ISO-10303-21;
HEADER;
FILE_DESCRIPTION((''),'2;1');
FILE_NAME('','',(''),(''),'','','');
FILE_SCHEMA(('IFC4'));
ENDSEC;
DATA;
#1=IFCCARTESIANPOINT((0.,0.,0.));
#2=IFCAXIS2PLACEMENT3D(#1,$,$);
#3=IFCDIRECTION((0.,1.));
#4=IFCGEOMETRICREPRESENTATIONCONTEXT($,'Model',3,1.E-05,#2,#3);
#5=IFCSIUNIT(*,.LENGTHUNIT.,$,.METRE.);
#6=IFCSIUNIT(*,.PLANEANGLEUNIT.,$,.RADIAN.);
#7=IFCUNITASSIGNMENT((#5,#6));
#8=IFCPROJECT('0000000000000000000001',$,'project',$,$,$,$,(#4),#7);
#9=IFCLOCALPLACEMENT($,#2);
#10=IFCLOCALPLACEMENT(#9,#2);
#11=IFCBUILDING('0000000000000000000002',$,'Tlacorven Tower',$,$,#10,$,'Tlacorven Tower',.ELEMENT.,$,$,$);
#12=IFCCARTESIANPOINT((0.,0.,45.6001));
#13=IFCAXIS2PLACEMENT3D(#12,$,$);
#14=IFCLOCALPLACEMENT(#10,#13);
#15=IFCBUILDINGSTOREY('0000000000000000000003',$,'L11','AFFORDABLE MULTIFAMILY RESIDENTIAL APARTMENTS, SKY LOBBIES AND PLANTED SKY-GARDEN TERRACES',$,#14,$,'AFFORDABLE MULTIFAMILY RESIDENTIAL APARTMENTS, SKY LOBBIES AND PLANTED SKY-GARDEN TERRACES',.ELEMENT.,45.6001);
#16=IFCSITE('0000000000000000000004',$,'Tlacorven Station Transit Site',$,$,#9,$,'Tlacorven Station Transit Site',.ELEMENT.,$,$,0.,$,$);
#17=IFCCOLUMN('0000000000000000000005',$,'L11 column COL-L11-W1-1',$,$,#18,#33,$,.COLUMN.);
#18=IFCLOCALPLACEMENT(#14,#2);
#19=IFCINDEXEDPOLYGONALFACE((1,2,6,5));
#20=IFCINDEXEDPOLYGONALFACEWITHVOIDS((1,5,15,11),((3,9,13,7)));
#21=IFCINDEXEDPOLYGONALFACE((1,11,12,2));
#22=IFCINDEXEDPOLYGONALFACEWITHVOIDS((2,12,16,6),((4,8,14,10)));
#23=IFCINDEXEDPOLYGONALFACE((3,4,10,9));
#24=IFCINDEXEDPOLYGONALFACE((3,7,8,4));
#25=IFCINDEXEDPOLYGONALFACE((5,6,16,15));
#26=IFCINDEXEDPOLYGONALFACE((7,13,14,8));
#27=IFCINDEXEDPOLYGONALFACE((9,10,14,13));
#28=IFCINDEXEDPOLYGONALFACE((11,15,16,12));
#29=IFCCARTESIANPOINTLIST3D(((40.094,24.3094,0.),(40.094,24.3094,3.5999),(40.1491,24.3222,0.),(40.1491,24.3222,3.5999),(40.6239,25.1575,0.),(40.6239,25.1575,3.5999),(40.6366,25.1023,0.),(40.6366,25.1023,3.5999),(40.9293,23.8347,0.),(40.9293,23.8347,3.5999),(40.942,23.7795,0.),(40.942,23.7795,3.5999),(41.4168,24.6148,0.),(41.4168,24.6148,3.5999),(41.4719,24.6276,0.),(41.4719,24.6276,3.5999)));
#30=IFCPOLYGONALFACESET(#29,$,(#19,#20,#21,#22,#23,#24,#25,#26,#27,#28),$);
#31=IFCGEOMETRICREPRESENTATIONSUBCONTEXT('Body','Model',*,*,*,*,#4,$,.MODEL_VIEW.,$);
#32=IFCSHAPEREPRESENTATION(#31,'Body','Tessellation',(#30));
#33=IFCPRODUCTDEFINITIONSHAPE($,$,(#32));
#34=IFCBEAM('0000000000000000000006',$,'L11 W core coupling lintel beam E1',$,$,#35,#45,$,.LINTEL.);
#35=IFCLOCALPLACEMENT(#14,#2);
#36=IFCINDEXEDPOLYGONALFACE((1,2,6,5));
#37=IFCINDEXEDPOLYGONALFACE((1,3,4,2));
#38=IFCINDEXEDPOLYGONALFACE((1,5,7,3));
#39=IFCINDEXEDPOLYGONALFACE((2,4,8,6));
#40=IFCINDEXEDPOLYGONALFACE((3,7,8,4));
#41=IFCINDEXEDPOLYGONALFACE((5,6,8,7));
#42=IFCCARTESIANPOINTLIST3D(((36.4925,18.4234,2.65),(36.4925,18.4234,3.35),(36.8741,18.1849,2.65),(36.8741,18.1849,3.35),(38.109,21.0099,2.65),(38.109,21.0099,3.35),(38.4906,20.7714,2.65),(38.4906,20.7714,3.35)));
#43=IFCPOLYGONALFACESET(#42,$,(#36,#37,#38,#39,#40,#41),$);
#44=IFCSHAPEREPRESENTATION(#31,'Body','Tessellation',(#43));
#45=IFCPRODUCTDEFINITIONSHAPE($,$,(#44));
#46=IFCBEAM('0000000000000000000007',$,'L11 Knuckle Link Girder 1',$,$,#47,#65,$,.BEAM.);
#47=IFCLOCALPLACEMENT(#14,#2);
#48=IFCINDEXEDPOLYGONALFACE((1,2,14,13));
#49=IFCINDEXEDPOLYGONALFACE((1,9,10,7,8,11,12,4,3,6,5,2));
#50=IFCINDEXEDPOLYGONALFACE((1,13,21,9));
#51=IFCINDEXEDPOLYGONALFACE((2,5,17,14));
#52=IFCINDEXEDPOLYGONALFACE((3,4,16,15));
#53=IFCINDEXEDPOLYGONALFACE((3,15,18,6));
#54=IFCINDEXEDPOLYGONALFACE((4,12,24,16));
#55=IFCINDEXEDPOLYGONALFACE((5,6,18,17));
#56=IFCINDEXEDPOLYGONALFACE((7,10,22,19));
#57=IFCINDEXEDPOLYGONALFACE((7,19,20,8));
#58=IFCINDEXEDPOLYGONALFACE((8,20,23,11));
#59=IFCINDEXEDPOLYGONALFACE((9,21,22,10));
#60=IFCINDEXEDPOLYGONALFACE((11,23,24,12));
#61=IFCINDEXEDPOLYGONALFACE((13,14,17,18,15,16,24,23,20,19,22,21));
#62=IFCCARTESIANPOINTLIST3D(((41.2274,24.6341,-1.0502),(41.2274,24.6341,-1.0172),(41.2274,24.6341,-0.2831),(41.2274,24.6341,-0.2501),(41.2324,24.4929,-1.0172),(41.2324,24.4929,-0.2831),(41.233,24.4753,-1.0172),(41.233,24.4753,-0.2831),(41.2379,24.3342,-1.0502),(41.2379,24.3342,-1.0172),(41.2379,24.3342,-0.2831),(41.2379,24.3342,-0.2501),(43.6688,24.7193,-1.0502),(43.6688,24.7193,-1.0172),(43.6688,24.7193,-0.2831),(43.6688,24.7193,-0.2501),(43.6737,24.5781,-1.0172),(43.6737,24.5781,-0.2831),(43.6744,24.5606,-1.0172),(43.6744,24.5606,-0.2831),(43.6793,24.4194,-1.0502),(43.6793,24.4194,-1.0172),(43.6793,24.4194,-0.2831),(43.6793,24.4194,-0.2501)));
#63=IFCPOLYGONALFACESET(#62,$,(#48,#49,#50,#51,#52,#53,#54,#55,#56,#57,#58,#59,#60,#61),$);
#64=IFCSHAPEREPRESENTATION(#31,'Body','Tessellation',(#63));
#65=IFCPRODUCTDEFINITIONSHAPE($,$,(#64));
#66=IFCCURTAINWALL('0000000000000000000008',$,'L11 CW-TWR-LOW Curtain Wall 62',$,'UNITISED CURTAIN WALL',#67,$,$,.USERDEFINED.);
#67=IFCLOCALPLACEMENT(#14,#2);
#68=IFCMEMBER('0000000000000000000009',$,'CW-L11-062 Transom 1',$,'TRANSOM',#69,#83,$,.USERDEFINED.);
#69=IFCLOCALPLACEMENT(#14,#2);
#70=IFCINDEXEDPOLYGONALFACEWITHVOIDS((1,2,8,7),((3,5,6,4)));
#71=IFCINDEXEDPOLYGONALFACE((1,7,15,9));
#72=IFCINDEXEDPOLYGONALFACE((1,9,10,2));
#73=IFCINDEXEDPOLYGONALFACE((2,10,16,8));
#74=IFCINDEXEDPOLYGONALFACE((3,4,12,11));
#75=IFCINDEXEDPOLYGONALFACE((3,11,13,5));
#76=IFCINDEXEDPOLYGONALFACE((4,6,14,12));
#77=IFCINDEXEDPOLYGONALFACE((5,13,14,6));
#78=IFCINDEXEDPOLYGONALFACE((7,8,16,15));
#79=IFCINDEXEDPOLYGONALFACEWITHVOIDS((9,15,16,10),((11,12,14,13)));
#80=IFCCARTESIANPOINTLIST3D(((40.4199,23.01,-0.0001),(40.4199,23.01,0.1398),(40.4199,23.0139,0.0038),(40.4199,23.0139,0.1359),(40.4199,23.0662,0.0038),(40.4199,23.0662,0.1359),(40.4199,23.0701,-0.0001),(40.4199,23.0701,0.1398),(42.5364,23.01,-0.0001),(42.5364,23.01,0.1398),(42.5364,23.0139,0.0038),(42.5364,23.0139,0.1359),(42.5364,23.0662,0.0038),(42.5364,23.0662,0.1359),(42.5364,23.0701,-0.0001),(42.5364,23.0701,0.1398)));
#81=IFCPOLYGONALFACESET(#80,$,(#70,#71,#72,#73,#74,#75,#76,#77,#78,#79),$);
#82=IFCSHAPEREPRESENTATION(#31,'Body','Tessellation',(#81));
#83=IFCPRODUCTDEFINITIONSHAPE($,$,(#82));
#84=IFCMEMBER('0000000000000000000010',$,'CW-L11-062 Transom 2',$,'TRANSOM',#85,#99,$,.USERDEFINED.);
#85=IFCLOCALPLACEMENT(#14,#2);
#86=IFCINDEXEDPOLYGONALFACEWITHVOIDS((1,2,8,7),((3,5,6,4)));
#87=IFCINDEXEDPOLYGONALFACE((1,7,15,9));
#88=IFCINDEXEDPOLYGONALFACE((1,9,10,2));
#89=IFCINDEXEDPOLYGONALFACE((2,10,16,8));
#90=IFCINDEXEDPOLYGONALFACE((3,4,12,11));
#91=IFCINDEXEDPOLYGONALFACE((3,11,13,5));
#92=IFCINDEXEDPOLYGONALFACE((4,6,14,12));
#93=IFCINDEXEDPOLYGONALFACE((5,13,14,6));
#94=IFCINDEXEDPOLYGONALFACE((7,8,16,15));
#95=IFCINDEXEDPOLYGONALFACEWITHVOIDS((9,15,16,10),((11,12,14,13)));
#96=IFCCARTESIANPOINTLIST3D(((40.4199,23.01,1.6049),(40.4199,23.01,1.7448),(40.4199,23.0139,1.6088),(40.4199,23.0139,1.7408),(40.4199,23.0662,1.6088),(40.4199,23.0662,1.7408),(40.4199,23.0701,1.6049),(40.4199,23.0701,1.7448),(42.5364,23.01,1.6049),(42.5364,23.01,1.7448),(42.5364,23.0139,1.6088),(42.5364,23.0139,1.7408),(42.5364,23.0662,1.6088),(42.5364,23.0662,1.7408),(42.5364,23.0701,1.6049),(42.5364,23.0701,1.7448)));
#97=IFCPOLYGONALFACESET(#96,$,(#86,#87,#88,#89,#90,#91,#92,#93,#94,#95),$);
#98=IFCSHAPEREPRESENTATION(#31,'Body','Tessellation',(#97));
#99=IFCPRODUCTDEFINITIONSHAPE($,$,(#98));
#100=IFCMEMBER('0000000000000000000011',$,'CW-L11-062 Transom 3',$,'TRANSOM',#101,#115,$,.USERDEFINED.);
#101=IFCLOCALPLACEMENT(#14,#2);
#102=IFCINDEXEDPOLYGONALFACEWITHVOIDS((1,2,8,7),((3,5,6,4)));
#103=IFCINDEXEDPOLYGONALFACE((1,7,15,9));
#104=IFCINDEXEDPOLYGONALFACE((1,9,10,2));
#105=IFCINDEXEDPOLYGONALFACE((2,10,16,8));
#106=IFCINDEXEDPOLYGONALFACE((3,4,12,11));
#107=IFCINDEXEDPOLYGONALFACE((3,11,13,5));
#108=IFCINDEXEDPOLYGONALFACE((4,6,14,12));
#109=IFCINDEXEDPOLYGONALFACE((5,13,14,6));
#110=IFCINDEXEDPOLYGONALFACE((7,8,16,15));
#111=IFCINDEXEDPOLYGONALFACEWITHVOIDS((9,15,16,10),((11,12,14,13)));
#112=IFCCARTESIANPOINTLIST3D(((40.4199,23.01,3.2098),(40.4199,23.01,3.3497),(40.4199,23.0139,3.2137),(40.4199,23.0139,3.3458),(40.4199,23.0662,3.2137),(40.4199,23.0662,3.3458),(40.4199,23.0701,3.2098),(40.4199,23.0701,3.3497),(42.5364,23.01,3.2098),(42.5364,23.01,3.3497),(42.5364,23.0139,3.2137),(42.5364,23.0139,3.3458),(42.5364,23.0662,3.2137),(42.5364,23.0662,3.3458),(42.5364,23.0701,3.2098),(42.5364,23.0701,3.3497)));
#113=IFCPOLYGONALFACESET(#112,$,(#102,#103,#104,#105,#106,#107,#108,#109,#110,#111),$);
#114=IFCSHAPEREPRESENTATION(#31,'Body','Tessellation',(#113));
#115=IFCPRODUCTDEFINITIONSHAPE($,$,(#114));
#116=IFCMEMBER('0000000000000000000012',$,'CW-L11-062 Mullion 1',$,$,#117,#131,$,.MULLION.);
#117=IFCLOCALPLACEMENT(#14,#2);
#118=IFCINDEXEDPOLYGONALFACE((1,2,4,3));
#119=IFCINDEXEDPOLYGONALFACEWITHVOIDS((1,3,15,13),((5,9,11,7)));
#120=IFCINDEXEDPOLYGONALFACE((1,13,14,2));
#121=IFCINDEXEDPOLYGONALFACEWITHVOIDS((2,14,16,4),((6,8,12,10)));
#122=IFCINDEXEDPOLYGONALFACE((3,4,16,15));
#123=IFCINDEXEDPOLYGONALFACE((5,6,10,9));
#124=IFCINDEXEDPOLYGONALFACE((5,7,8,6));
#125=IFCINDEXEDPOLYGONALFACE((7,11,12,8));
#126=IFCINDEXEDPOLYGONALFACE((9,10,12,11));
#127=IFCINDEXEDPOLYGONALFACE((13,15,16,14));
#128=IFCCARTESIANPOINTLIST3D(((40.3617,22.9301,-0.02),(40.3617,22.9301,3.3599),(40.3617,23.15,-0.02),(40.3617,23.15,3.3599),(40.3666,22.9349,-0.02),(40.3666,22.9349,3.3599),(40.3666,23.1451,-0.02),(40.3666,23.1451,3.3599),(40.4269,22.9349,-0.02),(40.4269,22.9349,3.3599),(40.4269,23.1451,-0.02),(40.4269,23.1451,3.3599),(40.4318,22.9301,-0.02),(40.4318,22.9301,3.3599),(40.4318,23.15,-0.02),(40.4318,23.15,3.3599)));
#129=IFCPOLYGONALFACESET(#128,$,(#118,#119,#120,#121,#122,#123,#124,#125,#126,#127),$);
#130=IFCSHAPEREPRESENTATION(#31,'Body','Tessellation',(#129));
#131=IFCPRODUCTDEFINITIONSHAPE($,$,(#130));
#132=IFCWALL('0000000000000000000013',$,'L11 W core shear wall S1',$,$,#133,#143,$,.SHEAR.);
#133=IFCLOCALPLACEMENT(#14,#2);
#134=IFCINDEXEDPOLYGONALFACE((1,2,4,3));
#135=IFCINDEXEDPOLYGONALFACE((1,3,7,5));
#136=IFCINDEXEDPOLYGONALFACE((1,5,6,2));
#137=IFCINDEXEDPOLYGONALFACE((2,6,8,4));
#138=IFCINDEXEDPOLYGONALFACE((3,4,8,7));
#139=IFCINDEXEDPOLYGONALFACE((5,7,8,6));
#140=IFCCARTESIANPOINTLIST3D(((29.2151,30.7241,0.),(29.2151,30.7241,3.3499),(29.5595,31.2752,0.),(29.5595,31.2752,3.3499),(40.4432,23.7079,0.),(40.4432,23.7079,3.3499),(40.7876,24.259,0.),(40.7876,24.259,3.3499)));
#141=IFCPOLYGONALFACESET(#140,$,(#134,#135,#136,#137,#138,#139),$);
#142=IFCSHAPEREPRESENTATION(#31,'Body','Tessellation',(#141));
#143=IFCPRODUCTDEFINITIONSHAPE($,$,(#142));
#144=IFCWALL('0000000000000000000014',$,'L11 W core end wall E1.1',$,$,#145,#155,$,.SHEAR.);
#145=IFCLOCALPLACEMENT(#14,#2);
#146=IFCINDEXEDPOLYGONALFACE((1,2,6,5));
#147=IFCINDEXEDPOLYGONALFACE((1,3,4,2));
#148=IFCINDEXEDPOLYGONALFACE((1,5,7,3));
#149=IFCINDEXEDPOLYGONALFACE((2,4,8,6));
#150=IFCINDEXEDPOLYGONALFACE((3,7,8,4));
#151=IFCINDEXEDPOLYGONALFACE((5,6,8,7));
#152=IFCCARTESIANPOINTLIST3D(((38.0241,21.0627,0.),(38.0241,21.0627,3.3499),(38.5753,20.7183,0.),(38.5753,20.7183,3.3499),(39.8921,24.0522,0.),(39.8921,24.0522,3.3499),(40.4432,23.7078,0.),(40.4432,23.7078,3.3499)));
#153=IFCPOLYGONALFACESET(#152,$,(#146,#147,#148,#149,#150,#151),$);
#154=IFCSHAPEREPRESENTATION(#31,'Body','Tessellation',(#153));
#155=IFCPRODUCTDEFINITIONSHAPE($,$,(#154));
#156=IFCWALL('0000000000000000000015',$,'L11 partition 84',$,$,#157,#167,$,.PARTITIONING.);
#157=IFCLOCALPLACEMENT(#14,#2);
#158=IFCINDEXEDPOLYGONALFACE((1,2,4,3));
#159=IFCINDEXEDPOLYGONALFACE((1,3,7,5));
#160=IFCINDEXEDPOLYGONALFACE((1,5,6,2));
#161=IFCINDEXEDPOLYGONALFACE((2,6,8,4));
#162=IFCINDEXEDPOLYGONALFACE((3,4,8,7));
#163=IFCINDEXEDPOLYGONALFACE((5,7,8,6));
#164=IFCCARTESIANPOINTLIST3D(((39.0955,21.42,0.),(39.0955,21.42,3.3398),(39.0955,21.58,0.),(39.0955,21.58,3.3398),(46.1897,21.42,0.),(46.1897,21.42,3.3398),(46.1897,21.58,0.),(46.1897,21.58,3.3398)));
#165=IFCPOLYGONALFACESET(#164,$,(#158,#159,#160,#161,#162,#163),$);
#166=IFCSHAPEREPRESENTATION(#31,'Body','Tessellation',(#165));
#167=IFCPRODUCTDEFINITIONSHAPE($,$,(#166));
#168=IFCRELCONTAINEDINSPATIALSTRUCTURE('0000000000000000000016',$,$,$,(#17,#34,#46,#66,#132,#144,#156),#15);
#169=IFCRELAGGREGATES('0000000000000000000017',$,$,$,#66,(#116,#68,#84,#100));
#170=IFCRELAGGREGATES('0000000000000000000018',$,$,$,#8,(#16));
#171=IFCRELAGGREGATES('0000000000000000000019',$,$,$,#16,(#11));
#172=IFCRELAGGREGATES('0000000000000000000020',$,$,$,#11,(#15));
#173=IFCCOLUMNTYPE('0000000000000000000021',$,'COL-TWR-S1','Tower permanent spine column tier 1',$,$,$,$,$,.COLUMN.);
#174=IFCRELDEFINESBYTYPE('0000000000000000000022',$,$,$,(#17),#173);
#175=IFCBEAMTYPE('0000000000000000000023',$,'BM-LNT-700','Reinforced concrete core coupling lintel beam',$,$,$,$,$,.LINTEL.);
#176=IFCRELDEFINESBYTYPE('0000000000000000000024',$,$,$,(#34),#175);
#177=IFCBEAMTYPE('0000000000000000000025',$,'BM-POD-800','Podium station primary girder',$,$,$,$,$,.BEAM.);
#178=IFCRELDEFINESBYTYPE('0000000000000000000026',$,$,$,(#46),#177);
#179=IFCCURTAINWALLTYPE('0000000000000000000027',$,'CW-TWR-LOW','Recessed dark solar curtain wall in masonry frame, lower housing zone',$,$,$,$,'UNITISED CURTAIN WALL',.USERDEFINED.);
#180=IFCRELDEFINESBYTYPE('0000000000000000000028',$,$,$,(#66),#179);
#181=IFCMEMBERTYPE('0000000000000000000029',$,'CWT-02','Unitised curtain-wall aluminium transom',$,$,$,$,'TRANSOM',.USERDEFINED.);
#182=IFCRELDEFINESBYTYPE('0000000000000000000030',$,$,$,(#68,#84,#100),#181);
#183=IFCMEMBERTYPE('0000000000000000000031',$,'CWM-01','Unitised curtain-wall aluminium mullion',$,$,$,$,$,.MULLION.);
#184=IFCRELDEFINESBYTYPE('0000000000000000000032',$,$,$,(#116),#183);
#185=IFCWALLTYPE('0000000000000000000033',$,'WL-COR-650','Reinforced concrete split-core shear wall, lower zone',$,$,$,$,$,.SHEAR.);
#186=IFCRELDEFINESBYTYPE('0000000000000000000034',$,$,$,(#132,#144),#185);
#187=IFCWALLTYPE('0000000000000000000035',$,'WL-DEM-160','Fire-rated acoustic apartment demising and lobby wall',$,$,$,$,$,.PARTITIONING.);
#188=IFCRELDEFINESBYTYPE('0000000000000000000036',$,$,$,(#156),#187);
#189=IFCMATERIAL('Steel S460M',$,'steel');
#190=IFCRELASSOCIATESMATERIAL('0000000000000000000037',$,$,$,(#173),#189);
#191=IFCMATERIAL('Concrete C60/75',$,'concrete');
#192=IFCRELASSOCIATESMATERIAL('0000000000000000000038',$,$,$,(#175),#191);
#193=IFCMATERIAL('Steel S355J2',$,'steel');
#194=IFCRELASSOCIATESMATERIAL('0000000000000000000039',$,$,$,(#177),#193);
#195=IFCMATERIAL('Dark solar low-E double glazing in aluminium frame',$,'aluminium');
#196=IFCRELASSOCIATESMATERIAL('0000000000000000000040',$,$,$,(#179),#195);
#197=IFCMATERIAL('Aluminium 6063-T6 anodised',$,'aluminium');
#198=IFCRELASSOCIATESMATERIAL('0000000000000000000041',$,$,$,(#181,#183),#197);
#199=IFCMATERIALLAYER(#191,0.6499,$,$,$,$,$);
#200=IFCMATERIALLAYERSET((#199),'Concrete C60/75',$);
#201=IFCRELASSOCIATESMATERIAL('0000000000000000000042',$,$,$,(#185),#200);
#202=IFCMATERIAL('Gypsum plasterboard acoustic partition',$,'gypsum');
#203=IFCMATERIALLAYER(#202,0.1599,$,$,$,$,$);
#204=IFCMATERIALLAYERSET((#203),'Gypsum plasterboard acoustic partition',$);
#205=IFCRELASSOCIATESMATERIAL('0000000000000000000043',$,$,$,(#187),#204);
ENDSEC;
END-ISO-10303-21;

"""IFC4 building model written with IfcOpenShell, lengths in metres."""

from ifc_helpers import new_model, si_unit, direction, frame, frame_2d, origin, origin_2d, place, context, subcontext, project, spatial, rectangle, hollow_rectangle, i_section, extrude, source, transform, mapped, material, layer, layer_set, material_profile, profile_set, type_object, element, aggregate, save


model = new_model("IFC4")

# Units and contexts
model_context = context("Model", 3, precision=1e-05, world=origin(), true_north=direction((0.0, 1.0)))
body_context = subcontext(model_context, "Body", "Model", "MODEL_VIEW")
ifc_project = project(units=[si_unit("LENGTHUNIT", "METRE"), si_unit("PLANEANGLEUNIT", "RADIAN")], contexts=[model_context])

# Site, building, storey
site_placement = place(None, origin())
site = spatial("IfcSite", under=ifc_project, at=site_placement, Name="Tlacorven Station Transit Site", LongName="Tlacorven Station Transit Site", CompositionType="ELEMENT", RefElevation=0.0)
building_placement = place(site_placement, origin())
building = spatial("IfcBuilding", under=site, at=building_placement, Name="Tlacorven Tower", LongName="Tlacorven Tower", CompositionType="ELEMENT")
storey_placement = place(building_placement, frame((0.0, 0.0, 45.6001)))
storey = spatial("IfcBuildingStorey", under=building, at=storey_placement, Name="L11", Description="AFFORDABLE MULTIFAMILY RESIDENTIAL APARTMENTS, SKY LOBBIES AND PLANTED SKY-GARDEN TERRACES", LongName="AFFORDABLE MULTIFAMILY RESIDENTIAL APARTMENTS, SKY LOBBIES AND PLANTED SKY-GARDEN TERRACES", CompositionType="ELEMENT", Elevation=45.6001)

# Column
ifc_material_1 = material(Name="Steel S460M", Category="steel")
ifc_material_profile_1 = material_profile(ifc_material_1, hollow_rectangle(XDim=1.0, YDim=1.0, WallThickness=0.04, at=origin_2d()), Name="BOX 1000X1000X40")
ifc_profile_set_1 = profile_set([ifc_material_profile_1], Name="Steel S460M")
column_type = type_object("IfcColumnType", Name="COL-TWR-S1", Description="Tower permanent spine column tier 1", PredefinedType="COLUMN", material=ifc_profile_set_1)
shared_shape_1 = source(origin(), body_context, "Body", "SweptSolid", [
    extrude(hollow_rectangle(XDim=1.0, YDim=1.0, WallThickness=0.04, at=origin_2d()), origin(), (0.0, 0.0, 1.0), 3.5999),
])
column_placement = place(storey_placement, frame((40.783, 24.4685, 0.0), z_axis=(0.0, 0.0, 1.0), x_axis=(-0.848048, 0.529919, 0.0)))
element("IfcColumn", 1, at=column_placement, inside=storey, type_object=column_type, Name="L11 column COL-L11-W1-1", PredefinedType="COLUMN", context=body_context, shape_type="MappedRepresentation", body=[
    mapped(shared_shape_1, transform((0.0, 0.0, 0.0), scale=1.0)),
])

# Beams
ifc_material_2 = material(Name="Concrete C60/75", Category="concrete")
ifc_material_profile_2 = material_profile(ifc_material_2, rectangle(XDim=0.45, YDim=0.7, at=origin_2d()), Name="RC 450X700")
ifc_profile_set_2 = profile_set([ifc_material_profile_2], Name="Concrete C60/75")
beam_type_1 = type_object("IfcBeamType", Name="BM-LNT-700", Description="Reinforced concrete core coupling lintel beam", PredefinedType="LINTEL", material=ifc_profile_set_2)
shared_shape_2 = source(origin(), body_context, "Body", "SweptSolid", [
    extrude(rectangle(XDim=0.45, YDim=0.7, at=origin_2d()), origin(), (0.0, 0.0, 1.0), 3.05),
])
beam_1_placement = place(storey_placement, frame((38.2998, 20.8906, 3.0), z_axis=(-0.529985, -0.848007, 0.0), x_axis=(0.848007, -0.529985, 0.0)))
element("IfcBeam", 2, at=beam_1_placement, inside=storey, type_object=beam_type_1, Name="L11 W core coupling lintel beam E1", PredefinedType="LINTEL", context=body_context, shape_type="MappedRepresentation", body=[
    mapped(shared_shape_2, transform((0.0, 0.0, 0.0), scale=1.0)),
])
ifc_material_3 = material(Name="Steel S355J2", Category="steel")
ifc_material_profile_3 = material_profile(ifc_material_3, i_section(OverallWidth=0.3, OverallDepth=0.8, WebThickness=0.0176, FlangeThickness=0.033, at=origin_2d()), Name="HEB 800")
ifc_profile_set_3 = profile_set([ifc_material_profile_3], Name="Steel S355J2")
beam_type_2 = type_object("IfcBeamType", Name="BM-POD-800", Description="Podium station primary girder", PredefinedType="BEAM", material=ifc_profile_set_3)
shared_shape_3 = source(origin(), body_context, "Body", "SweptSolid", [
    extrude(i_section(OverallWidth=0.3, OverallDepth=0.8, WebThickness=0.0176, FlangeThickness=0.033, at=origin_2d()), origin(), (0.0, 0.0, 1.0), 2.4429),
])
beam_2_placement = place(storey_placement, frame((41.2327, 24.4841, -0.6501), z_axis=(0.999392, 0.034879, 0.0), x_axis=(-0.034879, 0.999392, 0.0)))
element("IfcBeam", 3, at=beam_2_placement, inside=storey, type_object=beam_type_2, Name="L11 Knuckle Link Girder 1", PredefinedType="BEAM", context=body_context, shape_type="MappedRepresentation", body=[
    mapped(shared_shape_3, transform((0.0, 0.0, 0.0), scale=1.0)),
])

# Curtain wall, members
ifc_material_4 = material(Name="Dark solar low-E double glazing in aluminium frame", Category="aluminium")
curtain_wall_type = type_object("IfcCurtainWallType", Name="CW-TWR-LOW", Description="Recessed dark solar curtain wall in masonry frame, lower housing zone", ElementType="UNITISED CURTAIN WALL", PredefinedType="USERDEFINED", material=ifc_material_4)
curtain_wall_placement = place(storey_placement, origin())
curtain_wall = element("IfcCurtainWall", 4, at=curtain_wall_placement, inside=storey, type_object=curtain_wall_type, Name="L11 CW-TWR-LOW Curtain Wall 62", ObjectType="UNITISED CURTAIN WALL", PredefinedType="USERDEFINED")
ifc_material_5 = material(Name="Aluminium 6063-T6 anodised", Category="aluminium")
ifc_material_profile_4 = material_profile(ifc_material_5, hollow_rectangle(XDim=0.0601, YDim=0.1399, WallThickness=0.0039, at=origin_2d()), Name="ALU TRANSOM 60X140")
ifc_profile_set_4 = profile_set([ifc_material_profile_4], Name="Aluminium 6063-T6 anodised")
member_type_1 = type_object("IfcMemberType", Name="CWT-02", Description="Unitised curtain-wall aluminium transom", ElementType="TRANSOM", PredefinedType="USERDEFINED", material=ifc_profile_set_4)
shared_shape_4 = source(origin(), body_context, "Body", "SweptSolid", [
    extrude(hollow_rectangle(XDim=0.0601, YDim=0.1399, WallThickness=0.0039, at=origin_2d()), origin(), (0.0, 0.0, 1.0), 2.1165),
])
member_1_placement = place(storey_placement, frame((40.4199, 23.04, 0.0698), z_axis=(1.0, 0.0, 0.0), x_axis=(0.0, 1.0, 0.0)))
member_1 = element("IfcMember", 5, at=member_1_placement, type_object=member_type_1, Name="CW-L11-062 Transom 1", ObjectType="TRANSOM", PredefinedType="USERDEFINED", context=body_context, shape_type="MappedRepresentation", body=[
    mapped(shared_shape_4, transform((0.0, 0.0, 0.0), scale=1.0)),
])
member_2_placement = place(storey_placement, frame((40.4199, 23.04, 1.6748), z_axis=(1.0, 0.0, 0.0), x_axis=(0.0, 1.0, 0.0)))
member_2 = element("IfcMember", 6, at=member_2_placement, type_object=member_type_1, Name="CW-L11-062 Transom 2", ObjectType="TRANSOM", PredefinedType="USERDEFINED", context=body_context, shape_type="MappedRepresentation", body=[
    mapped(shared_shape_4, transform((0.0, 0.0, 0.0), scale=1.0)),
])
member_3_placement = place(storey_placement, frame((40.4199, 23.04, 3.2798), z_axis=(1.0, 0.0, 0.0), x_axis=(0.0, 1.0, 0.0)))
member_3 = element("IfcMember", 7, at=member_3_placement, type_object=member_type_1, Name="CW-L11-062 Transom 3", ObjectType="TRANSOM", PredefinedType="USERDEFINED", context=body_context, shape_type="MappedRepresentation", body=[
    mapped(shared_shape_4, transform((0.0, 0.0, 0.0), scale=1.0)),
])
ifc_material_profile_5 = material_profile(ifc_material_5, hollow_rectangle(XDim=0.0701, YDim=0.22, WallThickness=0.0049, at=origin_2d()), Name="ALU MULLION 70X220")
ifc_profile_set_5 = profile_set([ifc_material_profile_5], Name="Aluminium 6063-T6 anodised")
member_type_2 = type_object("IfcMemberType", Name="CWM-01", Description="Unitised curtain-wall aluminium mullion", PredefinedType="MULLION", material=ifc_profile_set_5)
shared_shape_5 = source(origin(), body_context, "Body", "SweptSolid", [
    extrude(hollow_rectangle(XDim=0.0701, YDim=0.22, WallThickness=0.0049, at=origin_2d()), origin(), (0.0, 0.0, 1.0), 3.3799),
])
member_4_placement = place(storey_placement, frame((40.3967, 23.04, -0.02), z_axis=(0.0, 0.0, 1.0), x_axis=(1.0, 0.0, 0.0)))
member_4 = element("IfcMember", 8, at=member_4_placement, type_object=member_type_2, Name="CW-L11-062 Mullion 1", PredefinedType="MULLION", context=body_context, shape_type="MappedRepresentation", body=[
    mapped(shared_shape_5, transform((0.0, 0.0, 0.0), scale=1.0)),
])
aggregate(curtain_wall, [member_4, member_1, member_2, member_3])

# Walls
ifc_layer_1 = layer(ifc_material_2, 0.6499)
ifc_layer_set_1 = layer_set([ifc_layer_1], Name="Concrete C60/75")
wall_type_1 = type_object("IfcWallType", Name="WL-COR-650", Description="Reinforced concrete split-core shear wall, lower zone", PredefinedType="SHEAR", material=ifc_layer_set_1)
wall_1_placement = place(storey_placement, frame((40.6155, 23.9834, 0.0), z_axis=(0.0, 0.0, 1.0), x_axis=(-0.848046, 0.529923, 0.0)))
element("IfcWall", 9, at=wall_1_placement, inside=storey, type_object=wall_type_1, Name="L11 W core shear wall S1", PredefinedType="SHEAR", context=body_context, shape_type="SweptSolid", body=[
    extrude(rectangle(XDim=13.24, YDim=0.6499, at=frame_2d((6.6201, 0.0))), origin(), (0.0, 0.0, 1.0), 3.3499),
])
wall_2_placement = place(storey_placement, frame((40.1677, 23.8801, 0.0), z_axis=(0.0, 0.0, 1.0), x_axis=(-0.529893, -0.848064, 0.0)))
element("IfcWall", 10, at=wall_2_placement, inside=storey, type_object=wall_type_1, Name="L11 W core end wall E1.1", PredefinedType="SHEAR", context=body_context, shape_type="SweptSolid", body=[
    extrude(rectangle(XDim=3.5251, YDim=0.6499, at=frame_2d((1.7627, 0.0))), origin(), (0.0, 0.0, 1.0), 3.3499),
])
ifc_material_6 = material(Name="Gypsum plasterboard acoustic partition", Category="gypsum")
ifc_layer_2 = layer(ifc_material_6, 0.1599)
ifc_layer_set_2 = layer_set([ifc_layer_2], Name="Gypsum plasterboard acoustic partition")
wall_type_2 = type_object("IfcWallType", Name="WL-DEM-160", Description="Fire-rated acoustic apartment demising and lobby wall", PredefinedType="PARTITIONING", material=ifc_layer_set_2)
wall_3_placement = place(storey_placement, frame((39.0955, 21.5, 0.0), z_axis=(0.0, 0.0, 1.0), x_axis=(1.0, 0.0, 0.0)))
element("IfcWall", 11, at=wall_3_placement, inside=storey, type_object=wall_type_2, Name="L11 partition 84", PredefinedType="PARTITIONING", context=body_context, shape_type="SweptSolid", body=[
    extrude(rectangle(XDim=7.0942, YDim=0.1599, at=frame_2d((3.5471, 0.0))), origin(), (0.0, 0.0, 1.0), 3.3398),
])

save(model, "model.ifc")
